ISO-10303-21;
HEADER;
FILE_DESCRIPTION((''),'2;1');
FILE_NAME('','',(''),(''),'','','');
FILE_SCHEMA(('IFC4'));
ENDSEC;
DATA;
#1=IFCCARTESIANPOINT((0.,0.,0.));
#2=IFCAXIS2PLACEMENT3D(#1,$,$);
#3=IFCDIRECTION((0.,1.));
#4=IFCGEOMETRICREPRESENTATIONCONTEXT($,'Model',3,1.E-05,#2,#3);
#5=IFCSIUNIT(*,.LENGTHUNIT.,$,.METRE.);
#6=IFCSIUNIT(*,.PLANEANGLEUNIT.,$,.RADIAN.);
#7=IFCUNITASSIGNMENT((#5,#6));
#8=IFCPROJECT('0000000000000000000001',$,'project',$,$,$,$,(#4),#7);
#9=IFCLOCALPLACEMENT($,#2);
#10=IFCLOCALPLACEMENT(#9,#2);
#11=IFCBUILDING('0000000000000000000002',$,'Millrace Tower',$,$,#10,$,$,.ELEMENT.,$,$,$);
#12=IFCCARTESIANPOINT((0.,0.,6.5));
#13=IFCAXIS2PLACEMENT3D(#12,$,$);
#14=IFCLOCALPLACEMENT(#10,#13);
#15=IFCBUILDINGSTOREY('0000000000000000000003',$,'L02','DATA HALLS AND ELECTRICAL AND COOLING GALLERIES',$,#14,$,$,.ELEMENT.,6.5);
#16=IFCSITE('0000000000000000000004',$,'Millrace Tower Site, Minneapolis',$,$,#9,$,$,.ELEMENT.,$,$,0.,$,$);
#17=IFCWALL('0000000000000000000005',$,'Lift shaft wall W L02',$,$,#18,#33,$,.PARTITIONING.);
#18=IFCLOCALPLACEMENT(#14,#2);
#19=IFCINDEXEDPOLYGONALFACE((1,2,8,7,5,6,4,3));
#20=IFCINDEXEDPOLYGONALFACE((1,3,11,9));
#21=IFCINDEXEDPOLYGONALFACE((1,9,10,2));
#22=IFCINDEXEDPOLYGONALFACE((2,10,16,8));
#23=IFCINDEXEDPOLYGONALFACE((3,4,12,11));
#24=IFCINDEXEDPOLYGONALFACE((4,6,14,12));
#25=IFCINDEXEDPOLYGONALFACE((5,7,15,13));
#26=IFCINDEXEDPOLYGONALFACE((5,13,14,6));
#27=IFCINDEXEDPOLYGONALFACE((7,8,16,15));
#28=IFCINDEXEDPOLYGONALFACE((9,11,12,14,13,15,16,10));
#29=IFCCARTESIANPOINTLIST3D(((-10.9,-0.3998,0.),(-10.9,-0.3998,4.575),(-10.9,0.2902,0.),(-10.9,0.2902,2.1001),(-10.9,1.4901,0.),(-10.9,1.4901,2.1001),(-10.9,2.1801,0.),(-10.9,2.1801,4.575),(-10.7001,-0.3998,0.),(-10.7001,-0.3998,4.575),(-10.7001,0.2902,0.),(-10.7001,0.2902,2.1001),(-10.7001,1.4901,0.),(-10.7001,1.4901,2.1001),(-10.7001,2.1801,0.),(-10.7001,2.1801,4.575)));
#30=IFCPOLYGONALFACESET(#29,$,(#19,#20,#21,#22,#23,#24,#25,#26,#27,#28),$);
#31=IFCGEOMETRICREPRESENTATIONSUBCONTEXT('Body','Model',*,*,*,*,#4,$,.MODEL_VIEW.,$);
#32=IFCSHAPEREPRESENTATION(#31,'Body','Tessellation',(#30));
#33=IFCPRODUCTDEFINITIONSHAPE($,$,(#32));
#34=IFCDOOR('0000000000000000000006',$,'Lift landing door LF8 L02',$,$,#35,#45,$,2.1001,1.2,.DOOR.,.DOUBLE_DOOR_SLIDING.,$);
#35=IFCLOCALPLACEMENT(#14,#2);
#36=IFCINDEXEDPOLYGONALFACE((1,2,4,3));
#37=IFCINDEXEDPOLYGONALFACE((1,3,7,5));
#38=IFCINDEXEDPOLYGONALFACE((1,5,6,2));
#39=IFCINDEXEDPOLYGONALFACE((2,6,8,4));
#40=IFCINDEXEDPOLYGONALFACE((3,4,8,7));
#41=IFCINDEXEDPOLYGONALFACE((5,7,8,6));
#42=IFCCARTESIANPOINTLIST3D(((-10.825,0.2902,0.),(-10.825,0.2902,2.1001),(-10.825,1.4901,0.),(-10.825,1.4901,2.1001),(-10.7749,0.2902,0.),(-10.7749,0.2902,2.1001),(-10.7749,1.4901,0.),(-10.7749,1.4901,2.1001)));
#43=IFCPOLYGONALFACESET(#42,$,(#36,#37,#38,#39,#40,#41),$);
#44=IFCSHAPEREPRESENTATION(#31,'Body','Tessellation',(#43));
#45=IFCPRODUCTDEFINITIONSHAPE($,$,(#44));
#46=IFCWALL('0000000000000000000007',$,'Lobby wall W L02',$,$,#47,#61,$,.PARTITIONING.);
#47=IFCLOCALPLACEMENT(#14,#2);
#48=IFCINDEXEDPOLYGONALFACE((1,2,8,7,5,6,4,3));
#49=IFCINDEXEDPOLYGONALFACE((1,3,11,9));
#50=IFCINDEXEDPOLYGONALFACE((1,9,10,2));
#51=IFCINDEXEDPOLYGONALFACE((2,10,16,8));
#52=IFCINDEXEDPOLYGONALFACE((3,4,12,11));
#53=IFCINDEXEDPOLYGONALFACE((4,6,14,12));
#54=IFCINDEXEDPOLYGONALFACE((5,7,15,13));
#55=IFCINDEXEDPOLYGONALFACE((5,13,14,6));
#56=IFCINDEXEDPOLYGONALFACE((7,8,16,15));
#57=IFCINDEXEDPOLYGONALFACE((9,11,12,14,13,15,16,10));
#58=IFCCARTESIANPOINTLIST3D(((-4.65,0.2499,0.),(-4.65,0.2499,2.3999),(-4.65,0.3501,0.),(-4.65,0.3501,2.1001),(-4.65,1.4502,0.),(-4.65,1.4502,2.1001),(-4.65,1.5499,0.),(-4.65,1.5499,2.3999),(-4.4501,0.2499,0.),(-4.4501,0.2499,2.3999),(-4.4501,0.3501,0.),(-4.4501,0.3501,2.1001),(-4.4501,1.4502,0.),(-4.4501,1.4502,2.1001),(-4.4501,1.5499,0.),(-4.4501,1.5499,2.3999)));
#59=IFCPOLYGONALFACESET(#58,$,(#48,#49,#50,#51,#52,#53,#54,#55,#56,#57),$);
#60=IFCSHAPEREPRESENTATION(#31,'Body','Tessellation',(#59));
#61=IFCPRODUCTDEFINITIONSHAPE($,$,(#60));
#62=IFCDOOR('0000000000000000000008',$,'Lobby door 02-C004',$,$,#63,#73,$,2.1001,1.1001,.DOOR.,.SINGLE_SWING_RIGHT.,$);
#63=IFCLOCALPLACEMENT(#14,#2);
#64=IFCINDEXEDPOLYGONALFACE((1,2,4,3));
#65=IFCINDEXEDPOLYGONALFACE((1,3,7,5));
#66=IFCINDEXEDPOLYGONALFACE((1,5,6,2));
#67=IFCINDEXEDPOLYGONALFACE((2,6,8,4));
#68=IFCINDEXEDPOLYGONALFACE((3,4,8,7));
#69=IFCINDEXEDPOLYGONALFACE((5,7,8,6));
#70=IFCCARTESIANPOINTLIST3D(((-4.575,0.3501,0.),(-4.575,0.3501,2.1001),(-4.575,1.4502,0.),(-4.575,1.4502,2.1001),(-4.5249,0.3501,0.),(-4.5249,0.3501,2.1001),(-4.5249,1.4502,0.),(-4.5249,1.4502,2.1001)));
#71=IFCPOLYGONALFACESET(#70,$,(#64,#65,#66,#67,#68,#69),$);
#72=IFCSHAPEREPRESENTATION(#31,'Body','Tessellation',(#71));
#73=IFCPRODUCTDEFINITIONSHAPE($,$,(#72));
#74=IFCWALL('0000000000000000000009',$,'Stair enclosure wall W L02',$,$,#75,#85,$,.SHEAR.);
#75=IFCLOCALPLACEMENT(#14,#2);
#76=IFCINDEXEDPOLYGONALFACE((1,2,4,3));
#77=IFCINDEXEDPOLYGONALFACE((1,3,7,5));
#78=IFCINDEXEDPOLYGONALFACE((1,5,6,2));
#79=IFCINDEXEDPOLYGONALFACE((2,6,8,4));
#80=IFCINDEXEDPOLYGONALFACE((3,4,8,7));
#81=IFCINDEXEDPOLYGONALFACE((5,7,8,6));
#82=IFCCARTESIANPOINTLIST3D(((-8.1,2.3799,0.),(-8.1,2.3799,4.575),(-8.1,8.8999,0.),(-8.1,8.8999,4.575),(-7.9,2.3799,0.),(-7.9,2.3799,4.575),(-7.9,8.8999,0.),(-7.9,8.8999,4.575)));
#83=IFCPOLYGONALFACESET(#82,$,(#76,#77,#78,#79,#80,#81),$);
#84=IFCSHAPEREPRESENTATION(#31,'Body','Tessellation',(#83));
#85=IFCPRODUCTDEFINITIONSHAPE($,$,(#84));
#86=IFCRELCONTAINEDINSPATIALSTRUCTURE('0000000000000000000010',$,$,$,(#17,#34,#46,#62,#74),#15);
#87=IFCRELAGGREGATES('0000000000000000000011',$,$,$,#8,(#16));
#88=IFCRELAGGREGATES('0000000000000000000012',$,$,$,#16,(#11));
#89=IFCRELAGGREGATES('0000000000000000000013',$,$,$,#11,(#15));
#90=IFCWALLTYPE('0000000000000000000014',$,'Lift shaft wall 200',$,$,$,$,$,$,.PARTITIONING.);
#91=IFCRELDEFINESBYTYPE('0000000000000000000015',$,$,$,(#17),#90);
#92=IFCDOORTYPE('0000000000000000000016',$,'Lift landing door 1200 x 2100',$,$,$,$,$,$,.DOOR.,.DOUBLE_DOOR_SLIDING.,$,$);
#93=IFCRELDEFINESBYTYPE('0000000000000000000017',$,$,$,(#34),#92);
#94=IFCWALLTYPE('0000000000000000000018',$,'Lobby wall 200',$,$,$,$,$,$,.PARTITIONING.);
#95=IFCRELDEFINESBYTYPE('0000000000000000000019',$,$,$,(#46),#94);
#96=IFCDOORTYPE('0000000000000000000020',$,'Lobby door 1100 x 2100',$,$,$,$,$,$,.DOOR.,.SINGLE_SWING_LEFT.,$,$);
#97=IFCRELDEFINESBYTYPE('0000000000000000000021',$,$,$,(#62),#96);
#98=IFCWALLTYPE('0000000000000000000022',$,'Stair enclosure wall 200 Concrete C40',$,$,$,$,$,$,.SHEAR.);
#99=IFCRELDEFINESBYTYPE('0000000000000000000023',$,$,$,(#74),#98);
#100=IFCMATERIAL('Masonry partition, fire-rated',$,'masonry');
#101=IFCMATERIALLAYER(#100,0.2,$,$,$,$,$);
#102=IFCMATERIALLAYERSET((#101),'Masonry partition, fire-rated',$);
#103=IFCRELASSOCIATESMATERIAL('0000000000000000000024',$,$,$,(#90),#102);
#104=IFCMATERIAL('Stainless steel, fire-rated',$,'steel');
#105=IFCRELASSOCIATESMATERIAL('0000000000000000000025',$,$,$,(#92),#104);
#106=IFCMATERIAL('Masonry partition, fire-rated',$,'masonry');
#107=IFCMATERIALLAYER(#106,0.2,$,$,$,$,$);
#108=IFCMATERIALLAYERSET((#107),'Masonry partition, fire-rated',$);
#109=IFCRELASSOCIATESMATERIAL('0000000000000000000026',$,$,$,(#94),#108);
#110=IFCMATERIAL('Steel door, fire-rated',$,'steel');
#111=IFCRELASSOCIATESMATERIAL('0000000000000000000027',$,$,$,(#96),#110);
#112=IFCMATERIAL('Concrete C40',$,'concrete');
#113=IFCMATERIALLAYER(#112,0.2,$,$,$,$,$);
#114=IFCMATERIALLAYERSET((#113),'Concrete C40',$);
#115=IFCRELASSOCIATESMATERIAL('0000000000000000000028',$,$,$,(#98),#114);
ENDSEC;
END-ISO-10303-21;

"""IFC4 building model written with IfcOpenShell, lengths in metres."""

from ifc_helpers import new_model, si_unit, direction, frame, frame_2d, origin, place, context, subcontext, project, spatial, rectangle, extrude, material, layer, layer_set, type_object, element, fill, save


model = new_model("IFC4")

# Units and contexts
model_context = context("Model", 3, precision=1e-05, world=origin(), true_north=direction((0.0, 1.0)))
body_context = subcontext(model_context, "Body", "Model", "MODEL_VIEW")
ifc_project = project(units=[si_unit("LENGTHUNIT", "METRE"), si_unit("PLANEANGLEUNIT", "RADIAN")], contexts=[model_context])

# Site, building, storey
site_placement = place(None, origin())
site = spatial("IfcSite", under=ifc_project, at=site_placement, Name="Millrace Tower Site, Minneapolis", CompositionType="ELEMENT", RefElevation=0.0)
building_placement = place(site_placement, origin())
building = spatial("IfcBuilding", under=site, at=building_placement, Name="Millrace Tower", CompositionType="ELEMENT")
storey_placement = place(building_placement, frame((0.0, 0.0, 6.5)))
storey = spatial("IfcBuildingStorey", under=building, at=storey_placement, Name="L02", Description="DATA HALLS AND ELECTRICAL AND COOLING GALLERIES", CompositionType="ELEMENT", Elevation=6.5)

# Walls, openings, doors
ifc_material_1 = material(Name="Masonry partition, fire-rated", Category="masonry")
ifc_layer_1 = layer(ifc_material_1, 0.2)
ifc_layer_set_1 = layer_set([ifc_layer_1], Name="Masonry partition, fire-rated")
wall_type_1 = type_object("IfcWallType", Name="Lift shaft wall 200", PredefinedType="PARTITIONING", material=ifc_layer_set_1)
wall_1_placement = place(storey_placement, frame((-10.8, -0.3999, 0.0), z_axis=(0.0, 0.0, 1.0), x_axis=(0.0, 1.0, 0.0)))
wall_1 = element("IfcWall", 1, at=wall_1_placement, inside=storey, type_object=wall_type_1, Name="Lift shaft wall W L02", PredefinedType="PARTITIONING", context=body_context, shape_type="SweptSolid", body=[
    extrude(rectangle(XDim=2.5798, YDim=0.2, at=frame_2d((1.29, 0.0))), origin(), (0.0, 0.0, 1.0), 4.575),
])
opening_1_placement = place(wall_1_placement, frame((0.6899, 0.0, 0.0)))
opening_1 = element("IfcOpeningElement", 2, at=opening_1_placement, cuts=wall_1, PredefinedType="OPENING", context=body_context, shape_type="SweptSolid", body=[
    extrude(rectangle(XDim=1.2, YDim=2.1001, at=frame_2d((0.6001, 1.05))), frame((0.0, 0.1099, 0.0), z_axis=(0.0, -1.0, 0.0), x_axis=(1.0, 0.0, 0.0)), (0.0, 0.0, 1.0), 0.22),
])
ifc_material_2 = material(Name="Stainless steel, fire-rated", Category="steel")
door_type_1 = type_object("IfcDoorType", Name="Lift landing door 1200 x 2100", OperationType="DOUBLE_DOOR_SLIDING", PredefinedType="DOOR", material=ifc_material_2)
door_1_placement = place(opening_1_placement, origin())
door_1 = element("IfcDoor", 3, at=door_1_placement, inside=storey, type_object=door_type_1, Name="Lift landing door LF8 L02", OperationType="DOUBLE_DOOR_SLIDING", OverallHeight=2.1001, OverallWidth=1.2, PredefinedType="DOOR", context=body_context, shape_type="SweptSolid", body=[
    extrude(rectangle(XDim=1.2, YDim=2.1001, at=frame_2d((0.6001, 1.05))), frame((0.0, 0.0249, 0.0), z_axis=(0.0, -1.0, 0.0), x_axis=(1.0, 0.0, 0.0)), (0.0, 0.0, 1.0), 0.05),
])
fill(opening_1, door_1)
ifc_material_3 = material(Name="Masonry partition, fire-rated", Category="masonry")
ifc_layer_2 = layer(ifc_material_3, 0.2)
ifc_layer_set_2 = layer_set([ifc_layer_2], Name="Masonry partition, fire-rated")
wall_type_2 = type_object("IfcWallType", Name="Lobby wall 200", PredefinedType="PARTITIONING", material=ifc_layer_set_2)
wall_2_placement = place(storey_placement, frame((-4.55, 0.25, 0.0), z_axis=(0.0, 0.0, 1.0), x_axis=(0.0, 1.0, 0.0)))
wall_2 = element("IfcWall", 4, at=wall_2_placement, inside=storey, type_object=wall_type_2, Name="Lobby wall W L02", PredefinedType="PARTITIONING", context=body_context, shape_type="SweptSolid", body=[
    extrude(rectangle(XDim=1.3, YDim=0.2, at=frame_2d((0.6499, 0.0))), origin(), (0.0, 0.0, 1.0), 2.3999),
])
opening_2_placement = place(wall_2_placement, frame((0.1001, 0.0, 0.0)))
opening_2 = element("IfcOpeningElement", 5, at=opening_2_placement, cuts=wall_2, PredefinedType="OPENING", context=body_context, shape_type="SweptSolid", body=[
    extrude(rectangle(XDim=1.1001, YDim=2.1001, at=frame_2d((0.55, 1.05))), frame((0.0, 0.1099, 0.0), z_axis=(0.0, -1.0, 0.0), x_axis=(1.0, 0.0, 0.0)), (0.0, 0.0, 1.0), 0.22),
])
ifc_material_4 = material(Name="Steel door, fire-rated", Category="steel")
door_type_2 = type_object("IfcDoorType", Name="Lobby door 1100 x 2100", OperationType="SINGLE_SWING_LEFT", PredefinedType="DOOR", material=ifc_material_4)
door_2_placement = place(opening_2_placement, origin())
door_2 = element("IfcDoor", 6, at=door_2_placement, inside=storey, type_object=door_type_2, Name="Lobby door 02-C004", OperationType="SINGLE_SWING_RIGHT", OverallHeight=2.1001, OverallWidth=1.1001, PredefinedType="DOOR", context=body_context, shape_type="SweptSolid", body=[
    extrude(rectangle(XDim=1.1001, YDim=2.1001, at=frame_2d((0.55, 1.05))), frame((0.0, 0.0249, 0.0), z_axis=(0.0, -1.0, 0.0), x_axis=(1.0, 0.0, 0.0)), (0.0, 0.0, 1.0), 0.05),
])
fill(opening_2, door_2)

# Wall
ifc_material_5 = material(Name="Concrete C40", Category="concrete")
ifc_layer_3 = layer(ifc_material_5, 0.2)
ifc_layer_set_3 = layer_set([ifc_layer_3], Name="Concrete C40")
wall_type_3 = type_object("IfcWallType", Name="Stair enclosure wall 200 Concrete C40", PredefinedType="SHEAR", material=ifc_layer_set_3)
wall_3_placement = place(storey_placement, frame((-8.0, 2.3799, 0.0), z_axis=(0.0, 0.0, 1.0), x_axis=(0.0, 1.0, 0.0)))
element("IfcWall", 7, at=wall_3_placement, inside=storey, type_object=wall_type_3, Name="Stair enclosure wall W L02", PredefinedType="SHEAR", context=body_context, shape_type="SweptSolid", body=[
    extrude(rectangle(XDim=6.52, YDim=0.2, at=frame_2d((3.26, 0.0))), origin(), (0.0, 0.0, 1.0), 4.575),
])

save(model, "model.ifc")
